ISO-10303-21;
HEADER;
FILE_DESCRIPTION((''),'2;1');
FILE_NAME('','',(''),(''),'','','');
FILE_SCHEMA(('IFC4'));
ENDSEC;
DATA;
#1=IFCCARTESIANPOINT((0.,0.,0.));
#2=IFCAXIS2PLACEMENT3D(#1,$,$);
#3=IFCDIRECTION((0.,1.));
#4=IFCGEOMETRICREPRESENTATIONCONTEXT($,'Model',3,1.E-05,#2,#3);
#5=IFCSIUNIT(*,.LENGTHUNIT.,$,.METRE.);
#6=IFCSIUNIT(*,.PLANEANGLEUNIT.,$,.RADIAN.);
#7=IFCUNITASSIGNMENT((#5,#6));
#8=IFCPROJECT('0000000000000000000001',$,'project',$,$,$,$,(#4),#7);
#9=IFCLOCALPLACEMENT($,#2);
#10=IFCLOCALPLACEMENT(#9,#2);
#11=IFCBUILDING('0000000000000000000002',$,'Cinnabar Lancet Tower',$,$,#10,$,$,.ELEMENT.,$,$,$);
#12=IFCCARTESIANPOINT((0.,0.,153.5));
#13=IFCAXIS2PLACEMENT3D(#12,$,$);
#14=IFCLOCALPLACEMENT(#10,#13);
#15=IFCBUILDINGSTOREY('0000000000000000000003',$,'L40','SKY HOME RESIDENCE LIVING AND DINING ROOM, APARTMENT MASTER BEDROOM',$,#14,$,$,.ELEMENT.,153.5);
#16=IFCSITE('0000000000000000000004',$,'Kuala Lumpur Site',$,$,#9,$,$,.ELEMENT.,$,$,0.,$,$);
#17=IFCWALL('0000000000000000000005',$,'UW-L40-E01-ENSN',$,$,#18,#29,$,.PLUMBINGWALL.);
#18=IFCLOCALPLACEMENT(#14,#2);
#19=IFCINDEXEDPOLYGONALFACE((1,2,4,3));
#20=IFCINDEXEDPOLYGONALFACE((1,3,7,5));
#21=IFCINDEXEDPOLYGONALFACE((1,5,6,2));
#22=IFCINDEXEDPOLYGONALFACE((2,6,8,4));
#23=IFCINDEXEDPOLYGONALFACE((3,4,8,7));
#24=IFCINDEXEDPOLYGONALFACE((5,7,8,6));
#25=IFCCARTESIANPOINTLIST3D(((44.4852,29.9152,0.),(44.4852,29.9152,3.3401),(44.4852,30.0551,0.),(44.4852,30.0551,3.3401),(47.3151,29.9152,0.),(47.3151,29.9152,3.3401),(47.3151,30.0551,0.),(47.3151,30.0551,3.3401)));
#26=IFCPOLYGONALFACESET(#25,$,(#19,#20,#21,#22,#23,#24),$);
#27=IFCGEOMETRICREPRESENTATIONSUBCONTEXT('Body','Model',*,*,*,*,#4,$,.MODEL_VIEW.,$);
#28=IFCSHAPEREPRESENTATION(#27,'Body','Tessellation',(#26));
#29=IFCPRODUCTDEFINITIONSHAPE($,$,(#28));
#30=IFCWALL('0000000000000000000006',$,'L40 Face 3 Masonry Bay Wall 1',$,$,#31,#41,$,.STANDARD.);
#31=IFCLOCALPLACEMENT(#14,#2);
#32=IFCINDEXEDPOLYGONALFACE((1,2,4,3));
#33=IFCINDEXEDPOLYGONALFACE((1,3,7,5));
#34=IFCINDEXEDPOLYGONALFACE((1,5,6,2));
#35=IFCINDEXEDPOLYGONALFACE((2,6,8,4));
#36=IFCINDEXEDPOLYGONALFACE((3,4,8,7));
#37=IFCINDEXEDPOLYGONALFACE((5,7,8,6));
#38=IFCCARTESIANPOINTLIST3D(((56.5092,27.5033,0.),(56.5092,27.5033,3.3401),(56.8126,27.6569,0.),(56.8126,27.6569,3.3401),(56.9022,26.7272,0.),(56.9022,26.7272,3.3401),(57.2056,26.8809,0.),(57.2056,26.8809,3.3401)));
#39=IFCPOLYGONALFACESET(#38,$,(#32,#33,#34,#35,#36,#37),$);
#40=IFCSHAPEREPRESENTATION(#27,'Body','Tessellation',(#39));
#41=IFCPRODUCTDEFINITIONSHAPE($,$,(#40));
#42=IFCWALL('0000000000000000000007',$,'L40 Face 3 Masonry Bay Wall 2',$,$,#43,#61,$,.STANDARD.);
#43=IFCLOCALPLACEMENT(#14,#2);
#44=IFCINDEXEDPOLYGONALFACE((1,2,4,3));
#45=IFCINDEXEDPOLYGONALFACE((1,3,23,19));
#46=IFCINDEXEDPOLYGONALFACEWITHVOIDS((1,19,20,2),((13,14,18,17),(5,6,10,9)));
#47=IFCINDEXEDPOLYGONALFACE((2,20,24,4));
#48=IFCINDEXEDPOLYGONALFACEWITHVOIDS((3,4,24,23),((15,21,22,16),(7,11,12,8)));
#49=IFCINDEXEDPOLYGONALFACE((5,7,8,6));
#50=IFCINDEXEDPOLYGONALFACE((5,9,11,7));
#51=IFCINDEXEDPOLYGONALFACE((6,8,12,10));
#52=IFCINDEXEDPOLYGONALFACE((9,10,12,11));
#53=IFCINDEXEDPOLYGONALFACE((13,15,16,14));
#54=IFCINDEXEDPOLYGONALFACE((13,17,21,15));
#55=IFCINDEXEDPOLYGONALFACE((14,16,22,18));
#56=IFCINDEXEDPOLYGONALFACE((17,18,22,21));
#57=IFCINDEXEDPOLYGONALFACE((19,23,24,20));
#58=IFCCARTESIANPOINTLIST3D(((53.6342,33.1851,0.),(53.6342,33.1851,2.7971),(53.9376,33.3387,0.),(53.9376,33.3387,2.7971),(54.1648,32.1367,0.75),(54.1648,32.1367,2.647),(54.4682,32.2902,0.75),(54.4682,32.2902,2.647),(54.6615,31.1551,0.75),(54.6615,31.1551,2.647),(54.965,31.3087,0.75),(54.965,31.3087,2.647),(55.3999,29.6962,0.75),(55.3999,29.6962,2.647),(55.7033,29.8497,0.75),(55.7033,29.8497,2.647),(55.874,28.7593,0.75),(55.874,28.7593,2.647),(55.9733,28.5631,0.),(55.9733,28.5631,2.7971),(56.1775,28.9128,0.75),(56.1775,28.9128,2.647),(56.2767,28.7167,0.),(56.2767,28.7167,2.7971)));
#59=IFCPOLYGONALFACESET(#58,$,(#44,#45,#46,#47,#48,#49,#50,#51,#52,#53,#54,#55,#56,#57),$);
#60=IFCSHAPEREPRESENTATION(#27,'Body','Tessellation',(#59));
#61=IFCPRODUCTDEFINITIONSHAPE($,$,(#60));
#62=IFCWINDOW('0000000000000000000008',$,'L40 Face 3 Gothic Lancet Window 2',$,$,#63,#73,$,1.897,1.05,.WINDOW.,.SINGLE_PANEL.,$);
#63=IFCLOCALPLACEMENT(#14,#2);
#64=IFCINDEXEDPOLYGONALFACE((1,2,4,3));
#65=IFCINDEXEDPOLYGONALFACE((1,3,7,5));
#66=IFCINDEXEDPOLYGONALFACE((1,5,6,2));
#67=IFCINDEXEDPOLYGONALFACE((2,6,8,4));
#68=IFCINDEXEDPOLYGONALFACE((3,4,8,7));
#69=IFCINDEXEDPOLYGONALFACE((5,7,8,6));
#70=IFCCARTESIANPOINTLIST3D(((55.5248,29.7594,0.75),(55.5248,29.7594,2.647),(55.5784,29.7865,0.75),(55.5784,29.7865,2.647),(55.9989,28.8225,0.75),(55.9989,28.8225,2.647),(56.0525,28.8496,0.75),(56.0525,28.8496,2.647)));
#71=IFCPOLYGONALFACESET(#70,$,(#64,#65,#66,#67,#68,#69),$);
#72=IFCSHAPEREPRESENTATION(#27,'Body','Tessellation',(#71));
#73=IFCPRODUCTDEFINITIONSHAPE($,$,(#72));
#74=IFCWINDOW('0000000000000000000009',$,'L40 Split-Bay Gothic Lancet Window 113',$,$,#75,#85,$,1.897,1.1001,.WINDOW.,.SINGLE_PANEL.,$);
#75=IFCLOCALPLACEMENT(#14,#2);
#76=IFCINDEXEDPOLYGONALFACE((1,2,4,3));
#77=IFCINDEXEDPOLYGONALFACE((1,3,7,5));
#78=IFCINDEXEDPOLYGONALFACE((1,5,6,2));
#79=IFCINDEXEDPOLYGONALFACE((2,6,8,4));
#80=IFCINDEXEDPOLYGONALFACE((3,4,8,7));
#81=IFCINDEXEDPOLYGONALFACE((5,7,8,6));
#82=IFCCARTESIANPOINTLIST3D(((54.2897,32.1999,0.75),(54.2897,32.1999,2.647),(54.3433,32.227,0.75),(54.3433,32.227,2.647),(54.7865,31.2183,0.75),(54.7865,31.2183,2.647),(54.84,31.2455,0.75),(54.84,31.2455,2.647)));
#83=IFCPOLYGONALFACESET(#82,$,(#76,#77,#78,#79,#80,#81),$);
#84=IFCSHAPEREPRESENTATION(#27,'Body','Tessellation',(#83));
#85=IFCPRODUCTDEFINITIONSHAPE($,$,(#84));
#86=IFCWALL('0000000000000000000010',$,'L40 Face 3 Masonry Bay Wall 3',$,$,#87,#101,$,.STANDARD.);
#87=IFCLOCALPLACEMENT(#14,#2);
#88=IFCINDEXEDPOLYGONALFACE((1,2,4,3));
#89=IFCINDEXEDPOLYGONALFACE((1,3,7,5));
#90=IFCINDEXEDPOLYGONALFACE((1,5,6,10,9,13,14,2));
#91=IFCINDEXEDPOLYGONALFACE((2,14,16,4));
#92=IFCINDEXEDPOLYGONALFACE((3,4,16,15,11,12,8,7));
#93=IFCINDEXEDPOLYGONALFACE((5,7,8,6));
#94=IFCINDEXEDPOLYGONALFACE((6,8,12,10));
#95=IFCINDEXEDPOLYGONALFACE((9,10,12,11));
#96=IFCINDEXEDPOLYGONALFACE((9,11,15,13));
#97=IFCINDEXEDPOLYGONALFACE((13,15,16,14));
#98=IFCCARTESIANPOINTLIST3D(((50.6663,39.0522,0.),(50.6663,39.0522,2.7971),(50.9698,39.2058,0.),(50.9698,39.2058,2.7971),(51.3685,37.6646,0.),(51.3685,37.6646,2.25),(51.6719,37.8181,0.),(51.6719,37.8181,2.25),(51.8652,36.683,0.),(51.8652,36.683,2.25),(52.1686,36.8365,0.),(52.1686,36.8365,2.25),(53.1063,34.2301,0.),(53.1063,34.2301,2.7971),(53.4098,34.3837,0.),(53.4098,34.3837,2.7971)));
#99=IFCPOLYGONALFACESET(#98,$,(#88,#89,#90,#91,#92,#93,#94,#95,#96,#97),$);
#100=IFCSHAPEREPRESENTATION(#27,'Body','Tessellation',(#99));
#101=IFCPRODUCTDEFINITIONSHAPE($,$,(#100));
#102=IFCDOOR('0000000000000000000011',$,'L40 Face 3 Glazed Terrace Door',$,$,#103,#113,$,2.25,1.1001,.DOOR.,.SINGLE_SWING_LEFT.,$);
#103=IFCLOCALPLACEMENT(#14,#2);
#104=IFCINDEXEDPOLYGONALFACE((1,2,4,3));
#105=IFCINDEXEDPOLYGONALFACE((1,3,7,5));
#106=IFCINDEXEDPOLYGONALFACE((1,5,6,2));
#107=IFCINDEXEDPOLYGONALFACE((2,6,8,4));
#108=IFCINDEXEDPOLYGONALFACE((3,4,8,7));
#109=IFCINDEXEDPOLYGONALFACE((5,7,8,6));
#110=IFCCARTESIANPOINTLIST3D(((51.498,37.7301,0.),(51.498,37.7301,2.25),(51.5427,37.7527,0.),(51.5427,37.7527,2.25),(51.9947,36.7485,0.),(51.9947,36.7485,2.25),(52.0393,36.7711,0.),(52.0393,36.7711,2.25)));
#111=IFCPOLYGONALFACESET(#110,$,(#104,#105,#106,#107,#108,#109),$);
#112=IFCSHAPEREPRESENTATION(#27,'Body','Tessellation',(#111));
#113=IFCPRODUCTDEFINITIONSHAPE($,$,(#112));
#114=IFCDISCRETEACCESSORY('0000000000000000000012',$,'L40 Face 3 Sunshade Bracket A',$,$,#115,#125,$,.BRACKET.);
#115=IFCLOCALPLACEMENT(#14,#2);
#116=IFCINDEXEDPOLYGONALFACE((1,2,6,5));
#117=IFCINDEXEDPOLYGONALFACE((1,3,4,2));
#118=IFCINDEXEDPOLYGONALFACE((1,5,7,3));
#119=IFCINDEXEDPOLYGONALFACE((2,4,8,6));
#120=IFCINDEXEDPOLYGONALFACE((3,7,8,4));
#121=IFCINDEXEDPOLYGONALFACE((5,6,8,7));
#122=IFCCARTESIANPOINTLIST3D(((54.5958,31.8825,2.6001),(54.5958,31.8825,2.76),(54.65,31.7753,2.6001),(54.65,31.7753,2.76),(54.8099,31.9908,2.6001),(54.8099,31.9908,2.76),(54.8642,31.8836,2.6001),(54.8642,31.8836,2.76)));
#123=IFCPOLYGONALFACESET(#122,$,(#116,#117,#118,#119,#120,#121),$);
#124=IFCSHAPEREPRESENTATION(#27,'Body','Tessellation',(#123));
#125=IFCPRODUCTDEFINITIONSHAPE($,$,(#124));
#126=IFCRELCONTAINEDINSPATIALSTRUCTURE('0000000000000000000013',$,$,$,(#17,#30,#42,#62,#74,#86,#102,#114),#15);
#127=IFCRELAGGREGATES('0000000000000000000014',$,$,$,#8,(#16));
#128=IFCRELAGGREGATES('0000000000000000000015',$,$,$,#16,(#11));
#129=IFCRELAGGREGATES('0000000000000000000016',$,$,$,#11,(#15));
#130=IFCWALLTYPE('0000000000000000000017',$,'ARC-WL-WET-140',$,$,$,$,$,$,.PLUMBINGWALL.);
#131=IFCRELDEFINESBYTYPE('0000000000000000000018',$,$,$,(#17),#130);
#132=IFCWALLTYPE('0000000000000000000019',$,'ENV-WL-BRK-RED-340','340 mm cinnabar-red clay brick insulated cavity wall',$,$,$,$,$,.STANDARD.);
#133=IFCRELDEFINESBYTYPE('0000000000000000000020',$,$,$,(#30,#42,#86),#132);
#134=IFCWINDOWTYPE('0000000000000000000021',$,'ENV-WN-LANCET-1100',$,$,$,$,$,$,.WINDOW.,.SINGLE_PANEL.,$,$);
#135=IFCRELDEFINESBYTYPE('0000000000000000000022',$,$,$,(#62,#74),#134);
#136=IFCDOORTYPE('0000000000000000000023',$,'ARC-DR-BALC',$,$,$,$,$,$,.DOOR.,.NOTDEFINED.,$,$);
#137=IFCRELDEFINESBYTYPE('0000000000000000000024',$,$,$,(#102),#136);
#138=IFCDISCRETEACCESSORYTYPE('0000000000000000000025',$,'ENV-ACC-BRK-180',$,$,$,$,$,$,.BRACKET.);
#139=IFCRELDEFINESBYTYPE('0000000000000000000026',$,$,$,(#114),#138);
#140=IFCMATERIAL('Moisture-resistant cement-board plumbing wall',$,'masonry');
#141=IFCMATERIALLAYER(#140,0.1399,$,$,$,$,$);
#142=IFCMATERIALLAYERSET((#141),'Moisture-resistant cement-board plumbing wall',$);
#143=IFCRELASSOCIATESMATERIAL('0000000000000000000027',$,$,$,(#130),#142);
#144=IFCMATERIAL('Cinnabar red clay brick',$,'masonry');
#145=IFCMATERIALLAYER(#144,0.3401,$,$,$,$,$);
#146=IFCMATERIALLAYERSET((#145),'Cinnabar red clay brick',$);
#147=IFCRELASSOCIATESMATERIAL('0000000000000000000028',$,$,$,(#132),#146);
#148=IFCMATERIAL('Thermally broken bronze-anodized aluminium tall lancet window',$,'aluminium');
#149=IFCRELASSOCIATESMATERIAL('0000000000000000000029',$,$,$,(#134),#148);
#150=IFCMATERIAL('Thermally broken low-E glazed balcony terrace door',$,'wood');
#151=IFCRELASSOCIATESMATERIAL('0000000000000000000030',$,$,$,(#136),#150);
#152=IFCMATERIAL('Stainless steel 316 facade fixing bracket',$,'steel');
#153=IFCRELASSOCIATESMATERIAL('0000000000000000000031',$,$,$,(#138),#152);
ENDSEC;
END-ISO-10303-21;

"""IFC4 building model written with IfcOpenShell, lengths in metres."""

from ifc_helpers import new_model, si_unit, direction, frame, frame_2d, origin, origin_2d, place, context, subcontext, project, spatial, rectangle, extrude, material, layer, layer_set, type_object, element, fill, save


model = new_model("IFC4")

# Units and contexts
model_context = context("Model", 3, precision=1e-05, world=origin(), true_north=direction((0.0, 1.0)))
body_context = subcontext(model_context, "Body", "Model", "MODEL_VIEW")
ifc_project = project(units=[si_unit("LENGTHUNIT", "METRE"), si_unit("PLANEANGLEUNIT", "RADIAN")], contexts=[model_context])

# Site, building, storey
site_placement = place(None, origin())
site = spatial("IfcSite", under=ifc_project, at=site_placement, Name="Kuala Lumpur Site", CompositionType="ELEMENT", RefElevation=0.0)
building_placement = place(site_placement, origin())
building = spatial("IfcBuilding", under=site, at=building_placement, Name="Cinnabar Lancet Tower", CompositionType="ELEMENT")
storey_placement = place(building_placement, frame((0.0, 0.0, 153.5)))
storey = spatial("IfcBuildingStorey", under=building, at=storey_placement, Name="L40", Description="SKY HOME RESIDENCE LIVING AND DINING ROOM, APARTMENT MASTER BEDROOM", CompositionType="ELEMENT", Elevation=153.5)

# Shared definitions
ifc_material_1 = material(Name="Moisture-resistant cement-board plumbing wall", Category="masonry")
ifc_layer_1 = layer(ifc_material_1, 0.1399)
ifc_layer_set_1 = layer_set([ifc_layer_1], Name="Moisture-resistant cement-board plumbing wall")
wall_type_1 = type_object("IfcWallType", Name="ARC-WL-WET-140", PredefinedType="PLUMBINGWALL", material=ifc_layer_set_1)

# Walls
wall_1_placement = place(storey_placement, frame((44.4851, 29.9851, 0.0), z_axis=(0.0, 0.0, 1.0), x_axis=(1.0, 0.0, 0.0)))
element("IfcWall", 1, at=wall_1_placement, inside=storey, type_object=wall_type_1, Name="UW-L40-E01-ENSN", PredefinedType="PLUMBINGWALL", context=body_context, shape_type="SweptSolid", body=[
    extrude(rectangle(XDim=2.8298, YDim=0.1399, at=frame_2d((1.415, 0.0))), origin(), (0.0, 0.0, 1.0), 3.3401),
])
ifc_material_2 = material(Name="Cinnabar red clay brick", Category="masonry")
ifc_layer_2 = layer(ifc_material_2, 0.3401)
ifc_layer_set_2 = layer_set([ifc_layer_2], Name="Cinnabar red clay brick")
wall_type_2 = type_object("IfcWallType", Name="ENV-WL-BRK-RED-340", Description="340 mm cinnabar-red clay brick insulated cavity wall", PredefinedType="STANDARD", material=ifc_layer_set_2)
wall_2_placement = place(storey_placement, frame((57.054, 26.804, 0.0), z_axis=(0.0, 0.0, 1.0), x_axis=(-0.45181, 0.892114, 0.0)))
element("IfcWall", 2, at=wall_2_placement, inside=storey, type_object=wall_type_2, Name="L40 Face 3 Masonry Bay Wall 1", PredefinedType="STANDARD", context=body_context, shape_type="SweptSolid", body=[
    extrude(rectangle(XDim=0.8699, YDim=0.3401, at=frame_2d((0.4351, 0.0))), origin(), (0.0, 0.0, 1.0), 3.3401),
])

# Wall, openings, windows
wall_3_placement = place(storey_placement, frame((56.125, 28.6399, 0.0), z_axis=(0.0, 0.0, 1.0), x_axis=(-0.451544, 0.892249, 0.0)))
wall_3 = element("IfcWall", 3, at=wall_3_placement, inside=storey, type_object=wall_type_2, Name="L40 Face 3 Masonry Bay Wall 2", PredefinedType="STANDARD", context=body_context, shape_type="SweptSolid", body=[
    extrude(rectangle(XDim=5.1802, YDim=0.3401, at=frame_2d((2.5901, 0.0))), origin(), (0.0, 0.0, 1.0), 2.7971),
])
opening_1_placement = place(wall_3_placement, frame((0.22, 0.0, 0.75)))
opening_1 = element("IfcOpeningElement", 4, at=opening_1_placement, cuts=wall_3, PredefinedType="OPENING", context=body_context, shape_type="SweptSolid", body=[
    extrude(rectangle(XDim=1.05, YDim=1.897, at=frame_2d((0.5249, 0.9485))), frame((0.0, 0.1799, 0.0), z_axis=(0.0, -1.0, 0.0), x_axis=(1.0, 0.0, 0.0)), (0.0, 0.0, 1.0), 0.3601),
])
opening_2_placement = place(wall_3_placement, frame((2.905, 0.0, 0.75)))
opening_2 = element("IfcOpeningElement", 5, at=opening_2_placement, cuts=wall_3, PredefinedType="OPENING", context=body_context, shape_type="SweptSolid", body=[
    extrude(rectangle(XDim=1.1001, YDim=1.897, at=frame_2d((0.55, 0.9485))), frame((0.0, 0.1799, 0.0), z_axis=(0.0, -1.0, 0.0), x_axis=(1.0, 0.0, 0.0)), (0.0, 0.0, 1.0), 0.3601),
])
ifc_material_3 = material(Name="Thermally broken bronze-anodized aluminium tall lancet window", Category="aluminium")
window_type = type_object("IfcWindowType", Name="ENV-WN-LANCET-1100", PartitioningType="SINGLE_PANEL", PredefinedType="WINDOW", material=ifc_material_3)
window_1_placement = place(opening_1_placement, origin())
window_1 = element("IfcWindow", 6, at=window_1_placement, inside=storey, type_object=window_type, Name="L40 Face 3 Gothic Lancet Window 2", OverallHeight=1.897, OverallWidth=1.05, PartitioningType="SINGLE_PANEL", PredefinedType="WINDOW", context=body_context, shape_type="SweptSolid", body=[
    extrude(rectangle(XDim=1.05, YDim=1.897, at=frame_2d((0.5249, 0.9485))), frame((0.0, 0.03, 0.0), z_axis=(0.0, -1.0, 0.0), x_axis=(1.0, 0.0, 0.0)), (0.0, 0.0, 1.0), 0.0601),
])
fill(opening_1, window_1)
window_2_placement = place(opening_2_placement, origin())
window_2 = element("IfcWindow", 7, at=window_2_placement, inside=storey, type_object=window_type, Name="L40 Split-Bay Gothic Lancet Window 113", OverallHeight=1.897, OverallWidth=1.1001, PartitioningType="SINGLE_PANEL", PredefinedType="WINDOW", context=body_context, shape_type="SweptSolid", body=[
    extrude(rectangle(XDim=1.1001, YDim=1.897, at=frame_2d((0.55, 0.9485))), frame((0.0, 0.03, 0.0), z_axis=(0.0, -1.0, 0.0), x_axis=(1.0, 0.0, 0.0)), (0.0, 0.0, 1.0), 0.0601),
])
fill(opening_2, window_2)

# Wall, opening, door
wall_4_placement = place(storey_placement, frame((53.2581, 34.3069, 0.0), z_axis=(0.0, 0.0, 1.0), x_axis=(-0.451491, 0.892276, 0.0)))
wall_4 = element("IfcWall", 8, at=wall_4_placement, inside=storey, type_object=wall_type_2, Name="L40 Face 3 Masonry Bay Wall 3", PredefinedType="STANDARD", context=body_context, shape_type="SweptSolid", body=[
    extrude(rectangle(XDim=5.4043, YDim=0.3401, at=frame_2d((2.7021, 0.0))), origin(), (0.0, 0.0, 1.0), 2.7971),
])
opening_3_placement = place(wall_4_placement, frame((2.749, 0.0, 0.0)))
opening_3 = element("IfcOpeningElement", 9, at=opening_3_placement, cuts=wall_4, PredefinedType="OPENING", context=body_context, shape_type="SweptSolid", body=[
    extrude(rectangle(XDim=1.1001, YDim=2.25, at=frame_2d((0.55, 1.125))), frame((0.0, 0.1799, 0.0), z_axis=(0.0, -1.0, 0.0), x_axis=(1.0, 0.0, 0.0)), (0.0, 0.0, 1.0), 0.3601),
])
ifc_material_4 = material(Name="Thermally broken low-E glazed balcony terrace door", Category="wood")
door_type_1 = type_object("IfcDoorType", Name="ARC-DR-BALC", OperationType="NOTDEFINED", PredefinedType="DOOR", material=ifc_material_4)
door_1_placement = place(opening_3_placement, origin())
door_1 = element("IfcDoor", 10, at=door_1_placement, inside=storey, type_object=door_type_1, Name="L40 Face 3 Glazed Terrace Door", OperationType="SINGLE_SWING_LEFT", OverallHeight=2.25, OverallWidth=1.1001, PredefinedType="DOOR", context=body_context, shape_type="SweptSolid", body=[
    extrude(rectangle(XDim=1.1001, YDim=2.25, at=frame_2d((0.55, 1.125))), frame((0.0, 0.0249, 0.0), z_axis=(0.0, -1.0, 0.0), x_axis=(1.0, 0.0, 0.0)), (0.0, 0.0, 1.0), 0.05),
])
fill(opening_3, door_1)

# Discrete accessory
ifc_material_5 = material(Name="Stainless steel 316 facade fixing bracket", Category="steel")
discrete_accessory_type = type_object("IfcDiscreteAccessoryType", Name="ENV-ACC-BRK-180", PredefinedType="BRACKET", material=ifc_material_5)
discrete_accessory_placement = place(storey_placement, frame((54.73, 31.8831, 2.6001), z_axis=(0.0, 0.0, 1.0), x_axis=(-0.451454, 0.892294, 0.0)))
element("IfcDiscreteAccessory", 11, at=discrete_accessory_placement, inside=storey, type_object=discrete_accessory_type, Name="L40 Face 3 Sunshade Bracket A", PredefinedType="BRACKET", context=body_context, shape_type="SweptSolid", body=[
    extrude(rectangle(XDim=0.1201, YDim=0.24, at=origin_2d()), origin(), (0.0, 0.0, 1.0), 0.1599),
])

save(model, "model.ifc")
